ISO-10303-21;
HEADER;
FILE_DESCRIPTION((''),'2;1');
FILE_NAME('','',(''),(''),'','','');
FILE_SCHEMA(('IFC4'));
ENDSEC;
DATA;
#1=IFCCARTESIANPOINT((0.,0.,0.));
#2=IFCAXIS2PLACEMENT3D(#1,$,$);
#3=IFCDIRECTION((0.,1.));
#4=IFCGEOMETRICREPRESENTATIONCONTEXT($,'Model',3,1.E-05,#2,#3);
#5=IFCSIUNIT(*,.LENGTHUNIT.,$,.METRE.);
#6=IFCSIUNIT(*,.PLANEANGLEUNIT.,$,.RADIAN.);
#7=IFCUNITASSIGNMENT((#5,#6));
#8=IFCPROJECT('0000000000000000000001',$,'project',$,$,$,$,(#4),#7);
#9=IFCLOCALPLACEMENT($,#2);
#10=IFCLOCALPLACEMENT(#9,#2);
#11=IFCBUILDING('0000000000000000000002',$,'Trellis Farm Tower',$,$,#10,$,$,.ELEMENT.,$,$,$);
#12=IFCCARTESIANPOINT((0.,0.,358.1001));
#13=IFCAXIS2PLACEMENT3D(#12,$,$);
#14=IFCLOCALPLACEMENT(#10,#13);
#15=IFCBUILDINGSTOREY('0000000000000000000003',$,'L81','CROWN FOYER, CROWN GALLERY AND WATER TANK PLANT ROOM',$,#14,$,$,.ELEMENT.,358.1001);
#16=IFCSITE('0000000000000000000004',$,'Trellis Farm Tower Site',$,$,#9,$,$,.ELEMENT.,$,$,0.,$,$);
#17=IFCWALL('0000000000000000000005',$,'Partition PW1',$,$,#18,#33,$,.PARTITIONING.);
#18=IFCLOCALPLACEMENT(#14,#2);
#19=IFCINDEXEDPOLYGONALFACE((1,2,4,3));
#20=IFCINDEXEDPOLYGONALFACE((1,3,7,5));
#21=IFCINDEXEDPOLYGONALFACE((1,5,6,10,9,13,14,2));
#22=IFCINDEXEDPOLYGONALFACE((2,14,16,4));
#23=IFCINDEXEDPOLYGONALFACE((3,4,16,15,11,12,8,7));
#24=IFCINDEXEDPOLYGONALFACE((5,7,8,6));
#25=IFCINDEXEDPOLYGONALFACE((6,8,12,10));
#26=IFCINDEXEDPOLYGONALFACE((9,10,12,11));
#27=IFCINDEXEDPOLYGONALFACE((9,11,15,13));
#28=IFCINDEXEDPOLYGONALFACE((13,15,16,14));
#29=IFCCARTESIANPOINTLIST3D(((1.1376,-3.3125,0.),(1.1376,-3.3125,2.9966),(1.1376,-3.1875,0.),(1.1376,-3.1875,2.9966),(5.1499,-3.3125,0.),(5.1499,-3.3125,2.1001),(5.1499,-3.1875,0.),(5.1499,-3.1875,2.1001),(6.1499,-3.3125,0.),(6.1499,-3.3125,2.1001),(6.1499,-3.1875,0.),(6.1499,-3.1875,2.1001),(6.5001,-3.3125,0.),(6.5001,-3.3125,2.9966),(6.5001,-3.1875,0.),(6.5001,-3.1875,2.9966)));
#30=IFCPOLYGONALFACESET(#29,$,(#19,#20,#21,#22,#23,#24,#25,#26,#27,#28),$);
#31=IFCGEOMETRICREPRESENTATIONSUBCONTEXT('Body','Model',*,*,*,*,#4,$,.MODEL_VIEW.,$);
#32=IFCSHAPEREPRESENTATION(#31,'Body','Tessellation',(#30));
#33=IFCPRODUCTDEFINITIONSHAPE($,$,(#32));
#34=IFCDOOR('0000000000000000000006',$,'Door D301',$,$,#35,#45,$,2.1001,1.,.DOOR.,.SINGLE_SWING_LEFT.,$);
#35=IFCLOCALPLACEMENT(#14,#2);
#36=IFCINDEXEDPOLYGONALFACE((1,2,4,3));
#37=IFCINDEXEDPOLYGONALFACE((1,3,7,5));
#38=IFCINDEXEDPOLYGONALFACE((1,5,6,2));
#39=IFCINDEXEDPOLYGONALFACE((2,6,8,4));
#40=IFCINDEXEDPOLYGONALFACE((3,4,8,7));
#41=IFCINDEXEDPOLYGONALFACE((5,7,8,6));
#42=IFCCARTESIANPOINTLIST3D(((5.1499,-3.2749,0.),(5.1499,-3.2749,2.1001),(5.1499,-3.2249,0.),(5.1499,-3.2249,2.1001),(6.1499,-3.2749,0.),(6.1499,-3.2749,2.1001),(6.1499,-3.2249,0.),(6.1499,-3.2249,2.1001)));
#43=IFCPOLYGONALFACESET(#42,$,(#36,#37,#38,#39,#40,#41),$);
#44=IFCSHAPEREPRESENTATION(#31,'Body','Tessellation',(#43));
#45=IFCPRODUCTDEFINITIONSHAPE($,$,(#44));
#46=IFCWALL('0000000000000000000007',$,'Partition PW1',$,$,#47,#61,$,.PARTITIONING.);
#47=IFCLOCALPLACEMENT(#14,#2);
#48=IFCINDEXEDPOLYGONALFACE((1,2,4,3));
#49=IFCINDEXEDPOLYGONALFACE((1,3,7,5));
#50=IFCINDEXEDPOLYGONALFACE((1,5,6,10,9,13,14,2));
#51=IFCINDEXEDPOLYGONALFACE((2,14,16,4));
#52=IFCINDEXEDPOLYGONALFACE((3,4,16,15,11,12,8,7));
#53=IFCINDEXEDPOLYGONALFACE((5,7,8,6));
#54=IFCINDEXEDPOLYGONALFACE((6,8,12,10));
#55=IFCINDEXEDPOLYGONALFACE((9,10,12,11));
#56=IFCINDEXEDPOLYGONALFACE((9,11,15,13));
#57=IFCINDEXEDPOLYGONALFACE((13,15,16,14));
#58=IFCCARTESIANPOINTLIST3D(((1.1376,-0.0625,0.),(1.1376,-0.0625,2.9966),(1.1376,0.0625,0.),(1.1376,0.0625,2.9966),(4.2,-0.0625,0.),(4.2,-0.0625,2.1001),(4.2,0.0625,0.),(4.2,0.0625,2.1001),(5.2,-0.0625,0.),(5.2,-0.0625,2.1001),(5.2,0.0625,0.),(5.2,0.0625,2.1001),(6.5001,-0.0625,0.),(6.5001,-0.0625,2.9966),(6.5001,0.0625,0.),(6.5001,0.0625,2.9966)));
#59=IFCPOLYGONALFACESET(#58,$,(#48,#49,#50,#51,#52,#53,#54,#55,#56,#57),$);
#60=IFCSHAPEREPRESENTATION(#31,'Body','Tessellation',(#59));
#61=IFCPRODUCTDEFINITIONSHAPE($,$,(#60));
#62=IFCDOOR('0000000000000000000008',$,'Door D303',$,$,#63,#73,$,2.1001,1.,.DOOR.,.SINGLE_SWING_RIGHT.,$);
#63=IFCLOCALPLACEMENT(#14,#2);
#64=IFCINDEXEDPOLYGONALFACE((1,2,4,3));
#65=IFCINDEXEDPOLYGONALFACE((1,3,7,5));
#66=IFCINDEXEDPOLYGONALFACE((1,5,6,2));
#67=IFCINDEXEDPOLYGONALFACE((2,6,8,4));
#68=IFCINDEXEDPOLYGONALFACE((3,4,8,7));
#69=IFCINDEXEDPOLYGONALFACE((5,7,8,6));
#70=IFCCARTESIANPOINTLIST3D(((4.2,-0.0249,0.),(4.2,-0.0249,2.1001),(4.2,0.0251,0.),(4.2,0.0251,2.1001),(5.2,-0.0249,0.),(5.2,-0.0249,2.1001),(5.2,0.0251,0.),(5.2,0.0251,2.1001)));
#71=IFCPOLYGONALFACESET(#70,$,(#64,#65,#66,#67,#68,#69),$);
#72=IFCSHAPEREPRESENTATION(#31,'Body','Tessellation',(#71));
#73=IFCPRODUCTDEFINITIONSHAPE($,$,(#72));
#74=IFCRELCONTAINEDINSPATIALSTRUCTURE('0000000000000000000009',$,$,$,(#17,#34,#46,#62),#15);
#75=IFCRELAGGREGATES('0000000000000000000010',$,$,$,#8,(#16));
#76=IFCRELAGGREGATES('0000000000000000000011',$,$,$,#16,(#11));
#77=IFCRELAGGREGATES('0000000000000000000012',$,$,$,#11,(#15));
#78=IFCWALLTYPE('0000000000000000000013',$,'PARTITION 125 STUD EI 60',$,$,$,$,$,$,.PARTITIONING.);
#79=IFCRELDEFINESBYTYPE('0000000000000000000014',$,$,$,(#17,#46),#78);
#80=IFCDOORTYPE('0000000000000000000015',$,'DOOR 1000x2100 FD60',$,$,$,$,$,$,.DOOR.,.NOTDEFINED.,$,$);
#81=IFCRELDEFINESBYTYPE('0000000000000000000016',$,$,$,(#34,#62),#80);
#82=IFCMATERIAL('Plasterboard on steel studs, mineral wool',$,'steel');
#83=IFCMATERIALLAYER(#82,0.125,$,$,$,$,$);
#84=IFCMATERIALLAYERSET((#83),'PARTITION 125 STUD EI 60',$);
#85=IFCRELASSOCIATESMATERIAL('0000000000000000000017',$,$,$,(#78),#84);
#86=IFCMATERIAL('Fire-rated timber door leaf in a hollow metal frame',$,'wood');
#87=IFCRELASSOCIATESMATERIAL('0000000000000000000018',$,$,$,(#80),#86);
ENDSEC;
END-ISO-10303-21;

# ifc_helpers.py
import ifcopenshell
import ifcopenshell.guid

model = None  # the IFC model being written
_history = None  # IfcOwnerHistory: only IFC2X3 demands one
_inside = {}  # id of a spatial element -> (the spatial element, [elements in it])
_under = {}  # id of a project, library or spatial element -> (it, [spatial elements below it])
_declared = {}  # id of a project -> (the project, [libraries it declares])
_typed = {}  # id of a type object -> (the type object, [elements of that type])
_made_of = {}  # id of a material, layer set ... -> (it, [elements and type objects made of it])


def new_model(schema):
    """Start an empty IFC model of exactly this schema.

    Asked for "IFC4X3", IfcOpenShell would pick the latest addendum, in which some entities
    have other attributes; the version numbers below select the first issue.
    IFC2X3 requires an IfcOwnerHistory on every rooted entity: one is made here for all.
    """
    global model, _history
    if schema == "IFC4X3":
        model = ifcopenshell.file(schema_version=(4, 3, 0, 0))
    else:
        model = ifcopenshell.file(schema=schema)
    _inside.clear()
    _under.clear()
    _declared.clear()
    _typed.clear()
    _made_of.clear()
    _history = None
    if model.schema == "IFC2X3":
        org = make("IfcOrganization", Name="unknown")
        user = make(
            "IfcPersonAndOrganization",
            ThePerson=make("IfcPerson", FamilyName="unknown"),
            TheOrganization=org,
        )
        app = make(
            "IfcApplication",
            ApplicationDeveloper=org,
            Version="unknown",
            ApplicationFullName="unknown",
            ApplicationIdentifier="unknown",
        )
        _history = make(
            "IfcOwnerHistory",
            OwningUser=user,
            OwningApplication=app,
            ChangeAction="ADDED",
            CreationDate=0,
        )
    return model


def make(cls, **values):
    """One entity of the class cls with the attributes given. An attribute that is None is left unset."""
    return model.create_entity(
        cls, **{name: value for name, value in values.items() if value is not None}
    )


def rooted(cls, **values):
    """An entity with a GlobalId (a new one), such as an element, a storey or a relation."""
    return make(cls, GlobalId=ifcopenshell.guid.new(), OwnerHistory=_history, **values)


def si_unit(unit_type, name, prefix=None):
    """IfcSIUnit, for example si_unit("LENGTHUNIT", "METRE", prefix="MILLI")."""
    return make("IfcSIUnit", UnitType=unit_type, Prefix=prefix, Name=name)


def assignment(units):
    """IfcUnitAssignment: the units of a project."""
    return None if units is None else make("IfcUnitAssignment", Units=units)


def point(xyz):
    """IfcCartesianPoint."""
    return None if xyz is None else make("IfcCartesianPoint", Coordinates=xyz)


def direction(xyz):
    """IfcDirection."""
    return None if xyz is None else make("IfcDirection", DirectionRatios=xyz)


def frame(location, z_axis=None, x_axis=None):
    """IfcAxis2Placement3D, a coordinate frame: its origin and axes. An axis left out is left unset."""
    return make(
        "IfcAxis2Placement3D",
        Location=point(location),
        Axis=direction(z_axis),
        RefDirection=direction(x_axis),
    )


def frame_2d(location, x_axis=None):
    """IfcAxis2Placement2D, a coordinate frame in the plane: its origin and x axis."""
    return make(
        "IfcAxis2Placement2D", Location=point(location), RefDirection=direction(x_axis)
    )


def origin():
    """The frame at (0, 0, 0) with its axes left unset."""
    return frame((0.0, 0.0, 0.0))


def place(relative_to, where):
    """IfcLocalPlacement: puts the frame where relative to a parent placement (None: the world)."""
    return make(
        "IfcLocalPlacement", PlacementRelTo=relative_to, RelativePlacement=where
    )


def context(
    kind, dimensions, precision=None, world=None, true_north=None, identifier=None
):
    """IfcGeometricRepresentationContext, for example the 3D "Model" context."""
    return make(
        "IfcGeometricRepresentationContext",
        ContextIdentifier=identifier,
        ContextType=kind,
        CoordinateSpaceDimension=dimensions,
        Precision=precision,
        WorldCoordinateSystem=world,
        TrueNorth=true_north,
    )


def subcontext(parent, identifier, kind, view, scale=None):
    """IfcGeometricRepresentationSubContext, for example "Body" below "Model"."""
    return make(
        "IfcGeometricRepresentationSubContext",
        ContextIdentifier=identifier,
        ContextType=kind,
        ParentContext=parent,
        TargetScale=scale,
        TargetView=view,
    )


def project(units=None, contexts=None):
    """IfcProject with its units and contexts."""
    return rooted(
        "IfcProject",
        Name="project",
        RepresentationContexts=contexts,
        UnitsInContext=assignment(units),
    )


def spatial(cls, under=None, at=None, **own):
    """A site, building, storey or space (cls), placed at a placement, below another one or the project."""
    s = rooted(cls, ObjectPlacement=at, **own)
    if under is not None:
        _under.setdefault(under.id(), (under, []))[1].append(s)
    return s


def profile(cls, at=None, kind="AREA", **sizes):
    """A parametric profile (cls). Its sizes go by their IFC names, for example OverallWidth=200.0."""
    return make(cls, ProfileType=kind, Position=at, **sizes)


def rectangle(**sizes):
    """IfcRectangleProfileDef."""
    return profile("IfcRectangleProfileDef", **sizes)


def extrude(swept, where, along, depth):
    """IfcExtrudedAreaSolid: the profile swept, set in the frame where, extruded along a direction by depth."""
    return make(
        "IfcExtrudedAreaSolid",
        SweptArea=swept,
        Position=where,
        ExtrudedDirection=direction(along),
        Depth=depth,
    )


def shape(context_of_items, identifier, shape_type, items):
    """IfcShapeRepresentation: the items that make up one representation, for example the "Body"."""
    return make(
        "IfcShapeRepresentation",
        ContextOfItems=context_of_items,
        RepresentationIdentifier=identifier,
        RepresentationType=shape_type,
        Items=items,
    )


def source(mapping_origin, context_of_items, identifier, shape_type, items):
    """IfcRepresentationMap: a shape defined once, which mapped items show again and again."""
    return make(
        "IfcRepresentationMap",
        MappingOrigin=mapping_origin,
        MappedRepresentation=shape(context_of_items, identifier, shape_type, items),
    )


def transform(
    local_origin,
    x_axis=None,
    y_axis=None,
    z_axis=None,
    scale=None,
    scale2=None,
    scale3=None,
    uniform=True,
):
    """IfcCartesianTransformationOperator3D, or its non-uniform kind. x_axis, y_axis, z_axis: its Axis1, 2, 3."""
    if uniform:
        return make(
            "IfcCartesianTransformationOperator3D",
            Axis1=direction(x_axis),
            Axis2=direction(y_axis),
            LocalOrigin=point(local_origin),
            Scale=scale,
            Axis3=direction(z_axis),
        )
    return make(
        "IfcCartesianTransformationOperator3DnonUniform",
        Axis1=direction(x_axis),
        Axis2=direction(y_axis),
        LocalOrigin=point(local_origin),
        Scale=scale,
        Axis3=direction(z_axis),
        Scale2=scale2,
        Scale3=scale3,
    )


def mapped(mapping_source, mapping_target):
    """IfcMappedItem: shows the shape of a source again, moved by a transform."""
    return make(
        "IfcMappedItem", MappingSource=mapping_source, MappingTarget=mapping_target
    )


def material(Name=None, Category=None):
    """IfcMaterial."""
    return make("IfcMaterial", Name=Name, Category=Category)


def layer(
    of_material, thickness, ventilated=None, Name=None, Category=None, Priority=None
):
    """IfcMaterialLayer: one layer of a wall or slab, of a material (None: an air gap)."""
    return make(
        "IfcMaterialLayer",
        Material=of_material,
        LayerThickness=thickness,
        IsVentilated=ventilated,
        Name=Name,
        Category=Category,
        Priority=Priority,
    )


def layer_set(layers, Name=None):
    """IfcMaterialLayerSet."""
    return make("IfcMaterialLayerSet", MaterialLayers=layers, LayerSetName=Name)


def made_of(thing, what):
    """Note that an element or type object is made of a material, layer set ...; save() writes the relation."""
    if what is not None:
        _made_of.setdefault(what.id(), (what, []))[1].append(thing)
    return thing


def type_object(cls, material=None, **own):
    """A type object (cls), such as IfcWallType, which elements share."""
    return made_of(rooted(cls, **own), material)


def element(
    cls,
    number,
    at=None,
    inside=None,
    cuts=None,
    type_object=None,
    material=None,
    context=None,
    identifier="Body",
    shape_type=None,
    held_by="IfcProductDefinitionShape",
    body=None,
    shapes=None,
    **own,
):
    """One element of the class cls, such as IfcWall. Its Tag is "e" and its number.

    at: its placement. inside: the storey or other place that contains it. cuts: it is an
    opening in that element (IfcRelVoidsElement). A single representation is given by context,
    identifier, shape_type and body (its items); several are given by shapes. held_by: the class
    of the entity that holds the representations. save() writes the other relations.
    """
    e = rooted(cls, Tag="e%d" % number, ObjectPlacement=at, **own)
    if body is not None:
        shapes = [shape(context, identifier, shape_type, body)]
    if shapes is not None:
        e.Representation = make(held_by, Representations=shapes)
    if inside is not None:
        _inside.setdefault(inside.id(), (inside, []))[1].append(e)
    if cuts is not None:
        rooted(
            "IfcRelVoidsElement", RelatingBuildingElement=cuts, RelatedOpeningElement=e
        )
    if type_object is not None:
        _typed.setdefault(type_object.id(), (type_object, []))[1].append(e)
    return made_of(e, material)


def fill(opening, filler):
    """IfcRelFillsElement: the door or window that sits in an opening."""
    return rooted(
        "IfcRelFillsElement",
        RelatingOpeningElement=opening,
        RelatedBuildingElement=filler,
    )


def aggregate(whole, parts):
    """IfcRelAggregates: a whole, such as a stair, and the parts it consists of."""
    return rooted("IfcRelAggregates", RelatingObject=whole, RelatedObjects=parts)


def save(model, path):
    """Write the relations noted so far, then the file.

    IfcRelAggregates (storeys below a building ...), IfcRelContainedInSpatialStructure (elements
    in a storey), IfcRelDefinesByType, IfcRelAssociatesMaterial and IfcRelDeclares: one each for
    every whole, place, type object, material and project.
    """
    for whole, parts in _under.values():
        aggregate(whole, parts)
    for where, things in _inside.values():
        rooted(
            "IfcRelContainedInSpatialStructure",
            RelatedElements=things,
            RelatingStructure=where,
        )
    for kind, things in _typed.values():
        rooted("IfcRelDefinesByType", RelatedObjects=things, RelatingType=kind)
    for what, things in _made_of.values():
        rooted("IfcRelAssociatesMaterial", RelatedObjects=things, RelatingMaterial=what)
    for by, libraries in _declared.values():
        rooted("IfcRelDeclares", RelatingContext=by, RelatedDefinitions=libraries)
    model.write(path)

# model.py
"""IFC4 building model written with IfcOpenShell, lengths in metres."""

from ifc_helpers import new_model, si_unit, direction, frame, frame_2d, origin, place, context, subcontext, project, spatial, rectangle, extrude, source, transform, mapped, material, layer, layer_set, type_object, element, fill, save


model = new_model("IFC4")

# Units and contexts
model_context = context("Model", 3, precision=1e-05, world=origin(), true_north=direction((0.0, 1.0)))
body_context = subcontext(model_context, "Body", "Model", "MODEL_VIEW")
ifc_project = project(units=[si_unit("LENGTHUNIT", "METRE"), si_unit("PLANEANGLEUNIT", "RADIAN")], contexts=[model_context])

# Site, building, storey
site_placement = place(None, origin())
site = spatial("IfcSite", under=ifc_project, at=site_placement, Name="Trellis Farm Tower Site", CompositionType="ELEMENT", RefElevation=0.0)
building_placement = place(site_placement, origin())
building = spatial("IfcBuilding", under=site, at=building_placement, Name="Trellis Farm Tower", CompositionType="ELEMENT")
storey_placement = place(building_placement, frame((0.0, 0.0, 358.1001)))
storey = spatial("IfcBuildingStorey", under=building, at=storey_placement, Name="L81", Description="CROWN FOYER, CROWN GALLERY AND WATER TANK PLANT ROOM", CompositionType="ELEMENT", Elevation=358.1001)

# Shared definitions
shared_shape_1 = source(origin(), body_context, "Body", "SweptSolid", [
    extrude(rectangle(XDim=1.0, YDim=2.1001, at=frame_2d((0.5, 1.05))), frame((0.0, 0.0249, 0.0), z_axis=(0.0, -1.0, 0.0), x_axis=(1.0, 0.0, 0.0)), (0.0, 0.0, 1.0), 0.05),
])

# Walls, openings, doors
ifc_material_1 = material(Name="Plasterboard on steel studs, mineral wool", Category="steel")
ifc_layer_1 = layer(ifc_material_1, 0.125)
ifc_layer_set_1 = layer_set([ifc_layer_1], Name="PARTITION 125 STUD EI 60")
wall_type_1 = type_object("IfcWallType", Name="PARTITION 125 STUD EI 60", PredefinedType="PARTITIONING", material=ifc_layer_set_1)
shared_shape_2 = source(origin(), body_context, "Body", "SweptSolid", [
    extrude(rectangle(XDim=5.3625, YDim=0.125, at=frame_2d((2.6812, 0.0))), origin(), (0.0, 0.0, 1.0), 2.9966),
])
wall_1_placement = place(storey_placement, frame((6.5, -3.25, 0.0), z_axis=(0.0, 0.0, 1.0), x_axis=(-1.0, 0.0, 0.0)))
wall_1 = element("IfcWall", 1, at=wall_1_placement, inside=storey, type_object=wall_type_1, Name="Partition PW1", PredefinedType="PARTITIONING", context=body_context, shape_type="MappedRepresentation", body=[
    mapped(shared_shape_2, transform((0.0, 0.0, 0.0))),
])
shared_shape_3 = source(origin(), body_context, "Body", "SweptSolid", [
    extrude(rectangle(XDim=1.0, YDim=2.1001, at=frame_2d((0.5, 1.05))), frame((0.0, 0.0725, 0.0), z_axis=(0.0, -1.0, 0.0), x_axis=(1.0, 0.0, 0.0)), (0.0, 0.0, 1.0), 0.145),
])
opening_1_placement = place(wall_1_placement, frame((0.3501, 0.0, 0.0)))
opening_1 = element("IfcOpeningElement", 2, at=opening_1_placement, cuts=wall_1, PredefinedType="OPENING", context=body_context, shape_type="MappedRepresentation", body=[
    mapped(shared_shape_3, transform((0.0, 0.0, 0.0))),
])
ifc_material_2 = material(Name="Fire-rated timber door leaf in a hollow metal frame", Category="wood")
door_type_1 = type_object("IfcDoorType", Name="DOOR 1000x2100 FD60", OperationType="NOTDEFINED", PredefinedType="DOOR", material=ifc_material_2)
door_1_placement = place(opening_1_placement, origin())
door_1 = element("IfcDoor", 3, at=door_1_placement, inside=storey, type_object=door_type_1, Name="Door D301", OperationType="SINGLE_SWING_LEFT", OverallHeight=2.1001, OverallWidth=1.0, PredefinedType="DOOR", context=body_context, shape_type="MappedRepresentation", body=[
    mapped(shared_shape_1, transform((0.0, 0.0, 0.0))),
])
fill(opening_1, door_1)
wall_2_placement = place(storey_placement, frame((6.5, 0.0, 0.0), z_axis=(0.0, 0.0, 1.0), x_axis=(-1.0, 0.0, 0.0)))
wall_2 = element("IfcWall", 4, at=wall_2_placement, inside=storey, type_object=wall_type_1, Name="Partition PW1", PredefinedType="PARTITIONING", context=body_context, shape_type="MappedRepresentation", body=[
    mapped(shared_shape_2, transform((0.0, 0.0, 0.0))),
])
opening_2_placement = place(wall_2_placement, frame((1.3, 0.0, 0.0)))
opening_2 = element("IfcOpeningElement", 5, at=opening_2_placement, cuts=wall_2, PredefinedType="OPENING", context=body_context, shape_type="MappedRepresentation", body=[
    mapped(shared_shape_3, transform((0.0, 0.0, 0.0))),
])
door_2_placement = place(opening_2_placement, origin())
door_2 = element("IfcDoor", 6, at=door_2_placement, inside=storey, type_object=door_type_1, Name="Door D303", OperationType="SINGLE_SWING_RIGHT", OverallHeight=2.1001, OverallWidth=1.0, PredefinedType="DOOR", context=body_context, shape_type="MappedRepresentation", body=[
    mapped(shared_shape_1, transform((0.0, 0.0, 0.0))),
])
fill(opening_2, door_2)

save(model, "model.ifc")
